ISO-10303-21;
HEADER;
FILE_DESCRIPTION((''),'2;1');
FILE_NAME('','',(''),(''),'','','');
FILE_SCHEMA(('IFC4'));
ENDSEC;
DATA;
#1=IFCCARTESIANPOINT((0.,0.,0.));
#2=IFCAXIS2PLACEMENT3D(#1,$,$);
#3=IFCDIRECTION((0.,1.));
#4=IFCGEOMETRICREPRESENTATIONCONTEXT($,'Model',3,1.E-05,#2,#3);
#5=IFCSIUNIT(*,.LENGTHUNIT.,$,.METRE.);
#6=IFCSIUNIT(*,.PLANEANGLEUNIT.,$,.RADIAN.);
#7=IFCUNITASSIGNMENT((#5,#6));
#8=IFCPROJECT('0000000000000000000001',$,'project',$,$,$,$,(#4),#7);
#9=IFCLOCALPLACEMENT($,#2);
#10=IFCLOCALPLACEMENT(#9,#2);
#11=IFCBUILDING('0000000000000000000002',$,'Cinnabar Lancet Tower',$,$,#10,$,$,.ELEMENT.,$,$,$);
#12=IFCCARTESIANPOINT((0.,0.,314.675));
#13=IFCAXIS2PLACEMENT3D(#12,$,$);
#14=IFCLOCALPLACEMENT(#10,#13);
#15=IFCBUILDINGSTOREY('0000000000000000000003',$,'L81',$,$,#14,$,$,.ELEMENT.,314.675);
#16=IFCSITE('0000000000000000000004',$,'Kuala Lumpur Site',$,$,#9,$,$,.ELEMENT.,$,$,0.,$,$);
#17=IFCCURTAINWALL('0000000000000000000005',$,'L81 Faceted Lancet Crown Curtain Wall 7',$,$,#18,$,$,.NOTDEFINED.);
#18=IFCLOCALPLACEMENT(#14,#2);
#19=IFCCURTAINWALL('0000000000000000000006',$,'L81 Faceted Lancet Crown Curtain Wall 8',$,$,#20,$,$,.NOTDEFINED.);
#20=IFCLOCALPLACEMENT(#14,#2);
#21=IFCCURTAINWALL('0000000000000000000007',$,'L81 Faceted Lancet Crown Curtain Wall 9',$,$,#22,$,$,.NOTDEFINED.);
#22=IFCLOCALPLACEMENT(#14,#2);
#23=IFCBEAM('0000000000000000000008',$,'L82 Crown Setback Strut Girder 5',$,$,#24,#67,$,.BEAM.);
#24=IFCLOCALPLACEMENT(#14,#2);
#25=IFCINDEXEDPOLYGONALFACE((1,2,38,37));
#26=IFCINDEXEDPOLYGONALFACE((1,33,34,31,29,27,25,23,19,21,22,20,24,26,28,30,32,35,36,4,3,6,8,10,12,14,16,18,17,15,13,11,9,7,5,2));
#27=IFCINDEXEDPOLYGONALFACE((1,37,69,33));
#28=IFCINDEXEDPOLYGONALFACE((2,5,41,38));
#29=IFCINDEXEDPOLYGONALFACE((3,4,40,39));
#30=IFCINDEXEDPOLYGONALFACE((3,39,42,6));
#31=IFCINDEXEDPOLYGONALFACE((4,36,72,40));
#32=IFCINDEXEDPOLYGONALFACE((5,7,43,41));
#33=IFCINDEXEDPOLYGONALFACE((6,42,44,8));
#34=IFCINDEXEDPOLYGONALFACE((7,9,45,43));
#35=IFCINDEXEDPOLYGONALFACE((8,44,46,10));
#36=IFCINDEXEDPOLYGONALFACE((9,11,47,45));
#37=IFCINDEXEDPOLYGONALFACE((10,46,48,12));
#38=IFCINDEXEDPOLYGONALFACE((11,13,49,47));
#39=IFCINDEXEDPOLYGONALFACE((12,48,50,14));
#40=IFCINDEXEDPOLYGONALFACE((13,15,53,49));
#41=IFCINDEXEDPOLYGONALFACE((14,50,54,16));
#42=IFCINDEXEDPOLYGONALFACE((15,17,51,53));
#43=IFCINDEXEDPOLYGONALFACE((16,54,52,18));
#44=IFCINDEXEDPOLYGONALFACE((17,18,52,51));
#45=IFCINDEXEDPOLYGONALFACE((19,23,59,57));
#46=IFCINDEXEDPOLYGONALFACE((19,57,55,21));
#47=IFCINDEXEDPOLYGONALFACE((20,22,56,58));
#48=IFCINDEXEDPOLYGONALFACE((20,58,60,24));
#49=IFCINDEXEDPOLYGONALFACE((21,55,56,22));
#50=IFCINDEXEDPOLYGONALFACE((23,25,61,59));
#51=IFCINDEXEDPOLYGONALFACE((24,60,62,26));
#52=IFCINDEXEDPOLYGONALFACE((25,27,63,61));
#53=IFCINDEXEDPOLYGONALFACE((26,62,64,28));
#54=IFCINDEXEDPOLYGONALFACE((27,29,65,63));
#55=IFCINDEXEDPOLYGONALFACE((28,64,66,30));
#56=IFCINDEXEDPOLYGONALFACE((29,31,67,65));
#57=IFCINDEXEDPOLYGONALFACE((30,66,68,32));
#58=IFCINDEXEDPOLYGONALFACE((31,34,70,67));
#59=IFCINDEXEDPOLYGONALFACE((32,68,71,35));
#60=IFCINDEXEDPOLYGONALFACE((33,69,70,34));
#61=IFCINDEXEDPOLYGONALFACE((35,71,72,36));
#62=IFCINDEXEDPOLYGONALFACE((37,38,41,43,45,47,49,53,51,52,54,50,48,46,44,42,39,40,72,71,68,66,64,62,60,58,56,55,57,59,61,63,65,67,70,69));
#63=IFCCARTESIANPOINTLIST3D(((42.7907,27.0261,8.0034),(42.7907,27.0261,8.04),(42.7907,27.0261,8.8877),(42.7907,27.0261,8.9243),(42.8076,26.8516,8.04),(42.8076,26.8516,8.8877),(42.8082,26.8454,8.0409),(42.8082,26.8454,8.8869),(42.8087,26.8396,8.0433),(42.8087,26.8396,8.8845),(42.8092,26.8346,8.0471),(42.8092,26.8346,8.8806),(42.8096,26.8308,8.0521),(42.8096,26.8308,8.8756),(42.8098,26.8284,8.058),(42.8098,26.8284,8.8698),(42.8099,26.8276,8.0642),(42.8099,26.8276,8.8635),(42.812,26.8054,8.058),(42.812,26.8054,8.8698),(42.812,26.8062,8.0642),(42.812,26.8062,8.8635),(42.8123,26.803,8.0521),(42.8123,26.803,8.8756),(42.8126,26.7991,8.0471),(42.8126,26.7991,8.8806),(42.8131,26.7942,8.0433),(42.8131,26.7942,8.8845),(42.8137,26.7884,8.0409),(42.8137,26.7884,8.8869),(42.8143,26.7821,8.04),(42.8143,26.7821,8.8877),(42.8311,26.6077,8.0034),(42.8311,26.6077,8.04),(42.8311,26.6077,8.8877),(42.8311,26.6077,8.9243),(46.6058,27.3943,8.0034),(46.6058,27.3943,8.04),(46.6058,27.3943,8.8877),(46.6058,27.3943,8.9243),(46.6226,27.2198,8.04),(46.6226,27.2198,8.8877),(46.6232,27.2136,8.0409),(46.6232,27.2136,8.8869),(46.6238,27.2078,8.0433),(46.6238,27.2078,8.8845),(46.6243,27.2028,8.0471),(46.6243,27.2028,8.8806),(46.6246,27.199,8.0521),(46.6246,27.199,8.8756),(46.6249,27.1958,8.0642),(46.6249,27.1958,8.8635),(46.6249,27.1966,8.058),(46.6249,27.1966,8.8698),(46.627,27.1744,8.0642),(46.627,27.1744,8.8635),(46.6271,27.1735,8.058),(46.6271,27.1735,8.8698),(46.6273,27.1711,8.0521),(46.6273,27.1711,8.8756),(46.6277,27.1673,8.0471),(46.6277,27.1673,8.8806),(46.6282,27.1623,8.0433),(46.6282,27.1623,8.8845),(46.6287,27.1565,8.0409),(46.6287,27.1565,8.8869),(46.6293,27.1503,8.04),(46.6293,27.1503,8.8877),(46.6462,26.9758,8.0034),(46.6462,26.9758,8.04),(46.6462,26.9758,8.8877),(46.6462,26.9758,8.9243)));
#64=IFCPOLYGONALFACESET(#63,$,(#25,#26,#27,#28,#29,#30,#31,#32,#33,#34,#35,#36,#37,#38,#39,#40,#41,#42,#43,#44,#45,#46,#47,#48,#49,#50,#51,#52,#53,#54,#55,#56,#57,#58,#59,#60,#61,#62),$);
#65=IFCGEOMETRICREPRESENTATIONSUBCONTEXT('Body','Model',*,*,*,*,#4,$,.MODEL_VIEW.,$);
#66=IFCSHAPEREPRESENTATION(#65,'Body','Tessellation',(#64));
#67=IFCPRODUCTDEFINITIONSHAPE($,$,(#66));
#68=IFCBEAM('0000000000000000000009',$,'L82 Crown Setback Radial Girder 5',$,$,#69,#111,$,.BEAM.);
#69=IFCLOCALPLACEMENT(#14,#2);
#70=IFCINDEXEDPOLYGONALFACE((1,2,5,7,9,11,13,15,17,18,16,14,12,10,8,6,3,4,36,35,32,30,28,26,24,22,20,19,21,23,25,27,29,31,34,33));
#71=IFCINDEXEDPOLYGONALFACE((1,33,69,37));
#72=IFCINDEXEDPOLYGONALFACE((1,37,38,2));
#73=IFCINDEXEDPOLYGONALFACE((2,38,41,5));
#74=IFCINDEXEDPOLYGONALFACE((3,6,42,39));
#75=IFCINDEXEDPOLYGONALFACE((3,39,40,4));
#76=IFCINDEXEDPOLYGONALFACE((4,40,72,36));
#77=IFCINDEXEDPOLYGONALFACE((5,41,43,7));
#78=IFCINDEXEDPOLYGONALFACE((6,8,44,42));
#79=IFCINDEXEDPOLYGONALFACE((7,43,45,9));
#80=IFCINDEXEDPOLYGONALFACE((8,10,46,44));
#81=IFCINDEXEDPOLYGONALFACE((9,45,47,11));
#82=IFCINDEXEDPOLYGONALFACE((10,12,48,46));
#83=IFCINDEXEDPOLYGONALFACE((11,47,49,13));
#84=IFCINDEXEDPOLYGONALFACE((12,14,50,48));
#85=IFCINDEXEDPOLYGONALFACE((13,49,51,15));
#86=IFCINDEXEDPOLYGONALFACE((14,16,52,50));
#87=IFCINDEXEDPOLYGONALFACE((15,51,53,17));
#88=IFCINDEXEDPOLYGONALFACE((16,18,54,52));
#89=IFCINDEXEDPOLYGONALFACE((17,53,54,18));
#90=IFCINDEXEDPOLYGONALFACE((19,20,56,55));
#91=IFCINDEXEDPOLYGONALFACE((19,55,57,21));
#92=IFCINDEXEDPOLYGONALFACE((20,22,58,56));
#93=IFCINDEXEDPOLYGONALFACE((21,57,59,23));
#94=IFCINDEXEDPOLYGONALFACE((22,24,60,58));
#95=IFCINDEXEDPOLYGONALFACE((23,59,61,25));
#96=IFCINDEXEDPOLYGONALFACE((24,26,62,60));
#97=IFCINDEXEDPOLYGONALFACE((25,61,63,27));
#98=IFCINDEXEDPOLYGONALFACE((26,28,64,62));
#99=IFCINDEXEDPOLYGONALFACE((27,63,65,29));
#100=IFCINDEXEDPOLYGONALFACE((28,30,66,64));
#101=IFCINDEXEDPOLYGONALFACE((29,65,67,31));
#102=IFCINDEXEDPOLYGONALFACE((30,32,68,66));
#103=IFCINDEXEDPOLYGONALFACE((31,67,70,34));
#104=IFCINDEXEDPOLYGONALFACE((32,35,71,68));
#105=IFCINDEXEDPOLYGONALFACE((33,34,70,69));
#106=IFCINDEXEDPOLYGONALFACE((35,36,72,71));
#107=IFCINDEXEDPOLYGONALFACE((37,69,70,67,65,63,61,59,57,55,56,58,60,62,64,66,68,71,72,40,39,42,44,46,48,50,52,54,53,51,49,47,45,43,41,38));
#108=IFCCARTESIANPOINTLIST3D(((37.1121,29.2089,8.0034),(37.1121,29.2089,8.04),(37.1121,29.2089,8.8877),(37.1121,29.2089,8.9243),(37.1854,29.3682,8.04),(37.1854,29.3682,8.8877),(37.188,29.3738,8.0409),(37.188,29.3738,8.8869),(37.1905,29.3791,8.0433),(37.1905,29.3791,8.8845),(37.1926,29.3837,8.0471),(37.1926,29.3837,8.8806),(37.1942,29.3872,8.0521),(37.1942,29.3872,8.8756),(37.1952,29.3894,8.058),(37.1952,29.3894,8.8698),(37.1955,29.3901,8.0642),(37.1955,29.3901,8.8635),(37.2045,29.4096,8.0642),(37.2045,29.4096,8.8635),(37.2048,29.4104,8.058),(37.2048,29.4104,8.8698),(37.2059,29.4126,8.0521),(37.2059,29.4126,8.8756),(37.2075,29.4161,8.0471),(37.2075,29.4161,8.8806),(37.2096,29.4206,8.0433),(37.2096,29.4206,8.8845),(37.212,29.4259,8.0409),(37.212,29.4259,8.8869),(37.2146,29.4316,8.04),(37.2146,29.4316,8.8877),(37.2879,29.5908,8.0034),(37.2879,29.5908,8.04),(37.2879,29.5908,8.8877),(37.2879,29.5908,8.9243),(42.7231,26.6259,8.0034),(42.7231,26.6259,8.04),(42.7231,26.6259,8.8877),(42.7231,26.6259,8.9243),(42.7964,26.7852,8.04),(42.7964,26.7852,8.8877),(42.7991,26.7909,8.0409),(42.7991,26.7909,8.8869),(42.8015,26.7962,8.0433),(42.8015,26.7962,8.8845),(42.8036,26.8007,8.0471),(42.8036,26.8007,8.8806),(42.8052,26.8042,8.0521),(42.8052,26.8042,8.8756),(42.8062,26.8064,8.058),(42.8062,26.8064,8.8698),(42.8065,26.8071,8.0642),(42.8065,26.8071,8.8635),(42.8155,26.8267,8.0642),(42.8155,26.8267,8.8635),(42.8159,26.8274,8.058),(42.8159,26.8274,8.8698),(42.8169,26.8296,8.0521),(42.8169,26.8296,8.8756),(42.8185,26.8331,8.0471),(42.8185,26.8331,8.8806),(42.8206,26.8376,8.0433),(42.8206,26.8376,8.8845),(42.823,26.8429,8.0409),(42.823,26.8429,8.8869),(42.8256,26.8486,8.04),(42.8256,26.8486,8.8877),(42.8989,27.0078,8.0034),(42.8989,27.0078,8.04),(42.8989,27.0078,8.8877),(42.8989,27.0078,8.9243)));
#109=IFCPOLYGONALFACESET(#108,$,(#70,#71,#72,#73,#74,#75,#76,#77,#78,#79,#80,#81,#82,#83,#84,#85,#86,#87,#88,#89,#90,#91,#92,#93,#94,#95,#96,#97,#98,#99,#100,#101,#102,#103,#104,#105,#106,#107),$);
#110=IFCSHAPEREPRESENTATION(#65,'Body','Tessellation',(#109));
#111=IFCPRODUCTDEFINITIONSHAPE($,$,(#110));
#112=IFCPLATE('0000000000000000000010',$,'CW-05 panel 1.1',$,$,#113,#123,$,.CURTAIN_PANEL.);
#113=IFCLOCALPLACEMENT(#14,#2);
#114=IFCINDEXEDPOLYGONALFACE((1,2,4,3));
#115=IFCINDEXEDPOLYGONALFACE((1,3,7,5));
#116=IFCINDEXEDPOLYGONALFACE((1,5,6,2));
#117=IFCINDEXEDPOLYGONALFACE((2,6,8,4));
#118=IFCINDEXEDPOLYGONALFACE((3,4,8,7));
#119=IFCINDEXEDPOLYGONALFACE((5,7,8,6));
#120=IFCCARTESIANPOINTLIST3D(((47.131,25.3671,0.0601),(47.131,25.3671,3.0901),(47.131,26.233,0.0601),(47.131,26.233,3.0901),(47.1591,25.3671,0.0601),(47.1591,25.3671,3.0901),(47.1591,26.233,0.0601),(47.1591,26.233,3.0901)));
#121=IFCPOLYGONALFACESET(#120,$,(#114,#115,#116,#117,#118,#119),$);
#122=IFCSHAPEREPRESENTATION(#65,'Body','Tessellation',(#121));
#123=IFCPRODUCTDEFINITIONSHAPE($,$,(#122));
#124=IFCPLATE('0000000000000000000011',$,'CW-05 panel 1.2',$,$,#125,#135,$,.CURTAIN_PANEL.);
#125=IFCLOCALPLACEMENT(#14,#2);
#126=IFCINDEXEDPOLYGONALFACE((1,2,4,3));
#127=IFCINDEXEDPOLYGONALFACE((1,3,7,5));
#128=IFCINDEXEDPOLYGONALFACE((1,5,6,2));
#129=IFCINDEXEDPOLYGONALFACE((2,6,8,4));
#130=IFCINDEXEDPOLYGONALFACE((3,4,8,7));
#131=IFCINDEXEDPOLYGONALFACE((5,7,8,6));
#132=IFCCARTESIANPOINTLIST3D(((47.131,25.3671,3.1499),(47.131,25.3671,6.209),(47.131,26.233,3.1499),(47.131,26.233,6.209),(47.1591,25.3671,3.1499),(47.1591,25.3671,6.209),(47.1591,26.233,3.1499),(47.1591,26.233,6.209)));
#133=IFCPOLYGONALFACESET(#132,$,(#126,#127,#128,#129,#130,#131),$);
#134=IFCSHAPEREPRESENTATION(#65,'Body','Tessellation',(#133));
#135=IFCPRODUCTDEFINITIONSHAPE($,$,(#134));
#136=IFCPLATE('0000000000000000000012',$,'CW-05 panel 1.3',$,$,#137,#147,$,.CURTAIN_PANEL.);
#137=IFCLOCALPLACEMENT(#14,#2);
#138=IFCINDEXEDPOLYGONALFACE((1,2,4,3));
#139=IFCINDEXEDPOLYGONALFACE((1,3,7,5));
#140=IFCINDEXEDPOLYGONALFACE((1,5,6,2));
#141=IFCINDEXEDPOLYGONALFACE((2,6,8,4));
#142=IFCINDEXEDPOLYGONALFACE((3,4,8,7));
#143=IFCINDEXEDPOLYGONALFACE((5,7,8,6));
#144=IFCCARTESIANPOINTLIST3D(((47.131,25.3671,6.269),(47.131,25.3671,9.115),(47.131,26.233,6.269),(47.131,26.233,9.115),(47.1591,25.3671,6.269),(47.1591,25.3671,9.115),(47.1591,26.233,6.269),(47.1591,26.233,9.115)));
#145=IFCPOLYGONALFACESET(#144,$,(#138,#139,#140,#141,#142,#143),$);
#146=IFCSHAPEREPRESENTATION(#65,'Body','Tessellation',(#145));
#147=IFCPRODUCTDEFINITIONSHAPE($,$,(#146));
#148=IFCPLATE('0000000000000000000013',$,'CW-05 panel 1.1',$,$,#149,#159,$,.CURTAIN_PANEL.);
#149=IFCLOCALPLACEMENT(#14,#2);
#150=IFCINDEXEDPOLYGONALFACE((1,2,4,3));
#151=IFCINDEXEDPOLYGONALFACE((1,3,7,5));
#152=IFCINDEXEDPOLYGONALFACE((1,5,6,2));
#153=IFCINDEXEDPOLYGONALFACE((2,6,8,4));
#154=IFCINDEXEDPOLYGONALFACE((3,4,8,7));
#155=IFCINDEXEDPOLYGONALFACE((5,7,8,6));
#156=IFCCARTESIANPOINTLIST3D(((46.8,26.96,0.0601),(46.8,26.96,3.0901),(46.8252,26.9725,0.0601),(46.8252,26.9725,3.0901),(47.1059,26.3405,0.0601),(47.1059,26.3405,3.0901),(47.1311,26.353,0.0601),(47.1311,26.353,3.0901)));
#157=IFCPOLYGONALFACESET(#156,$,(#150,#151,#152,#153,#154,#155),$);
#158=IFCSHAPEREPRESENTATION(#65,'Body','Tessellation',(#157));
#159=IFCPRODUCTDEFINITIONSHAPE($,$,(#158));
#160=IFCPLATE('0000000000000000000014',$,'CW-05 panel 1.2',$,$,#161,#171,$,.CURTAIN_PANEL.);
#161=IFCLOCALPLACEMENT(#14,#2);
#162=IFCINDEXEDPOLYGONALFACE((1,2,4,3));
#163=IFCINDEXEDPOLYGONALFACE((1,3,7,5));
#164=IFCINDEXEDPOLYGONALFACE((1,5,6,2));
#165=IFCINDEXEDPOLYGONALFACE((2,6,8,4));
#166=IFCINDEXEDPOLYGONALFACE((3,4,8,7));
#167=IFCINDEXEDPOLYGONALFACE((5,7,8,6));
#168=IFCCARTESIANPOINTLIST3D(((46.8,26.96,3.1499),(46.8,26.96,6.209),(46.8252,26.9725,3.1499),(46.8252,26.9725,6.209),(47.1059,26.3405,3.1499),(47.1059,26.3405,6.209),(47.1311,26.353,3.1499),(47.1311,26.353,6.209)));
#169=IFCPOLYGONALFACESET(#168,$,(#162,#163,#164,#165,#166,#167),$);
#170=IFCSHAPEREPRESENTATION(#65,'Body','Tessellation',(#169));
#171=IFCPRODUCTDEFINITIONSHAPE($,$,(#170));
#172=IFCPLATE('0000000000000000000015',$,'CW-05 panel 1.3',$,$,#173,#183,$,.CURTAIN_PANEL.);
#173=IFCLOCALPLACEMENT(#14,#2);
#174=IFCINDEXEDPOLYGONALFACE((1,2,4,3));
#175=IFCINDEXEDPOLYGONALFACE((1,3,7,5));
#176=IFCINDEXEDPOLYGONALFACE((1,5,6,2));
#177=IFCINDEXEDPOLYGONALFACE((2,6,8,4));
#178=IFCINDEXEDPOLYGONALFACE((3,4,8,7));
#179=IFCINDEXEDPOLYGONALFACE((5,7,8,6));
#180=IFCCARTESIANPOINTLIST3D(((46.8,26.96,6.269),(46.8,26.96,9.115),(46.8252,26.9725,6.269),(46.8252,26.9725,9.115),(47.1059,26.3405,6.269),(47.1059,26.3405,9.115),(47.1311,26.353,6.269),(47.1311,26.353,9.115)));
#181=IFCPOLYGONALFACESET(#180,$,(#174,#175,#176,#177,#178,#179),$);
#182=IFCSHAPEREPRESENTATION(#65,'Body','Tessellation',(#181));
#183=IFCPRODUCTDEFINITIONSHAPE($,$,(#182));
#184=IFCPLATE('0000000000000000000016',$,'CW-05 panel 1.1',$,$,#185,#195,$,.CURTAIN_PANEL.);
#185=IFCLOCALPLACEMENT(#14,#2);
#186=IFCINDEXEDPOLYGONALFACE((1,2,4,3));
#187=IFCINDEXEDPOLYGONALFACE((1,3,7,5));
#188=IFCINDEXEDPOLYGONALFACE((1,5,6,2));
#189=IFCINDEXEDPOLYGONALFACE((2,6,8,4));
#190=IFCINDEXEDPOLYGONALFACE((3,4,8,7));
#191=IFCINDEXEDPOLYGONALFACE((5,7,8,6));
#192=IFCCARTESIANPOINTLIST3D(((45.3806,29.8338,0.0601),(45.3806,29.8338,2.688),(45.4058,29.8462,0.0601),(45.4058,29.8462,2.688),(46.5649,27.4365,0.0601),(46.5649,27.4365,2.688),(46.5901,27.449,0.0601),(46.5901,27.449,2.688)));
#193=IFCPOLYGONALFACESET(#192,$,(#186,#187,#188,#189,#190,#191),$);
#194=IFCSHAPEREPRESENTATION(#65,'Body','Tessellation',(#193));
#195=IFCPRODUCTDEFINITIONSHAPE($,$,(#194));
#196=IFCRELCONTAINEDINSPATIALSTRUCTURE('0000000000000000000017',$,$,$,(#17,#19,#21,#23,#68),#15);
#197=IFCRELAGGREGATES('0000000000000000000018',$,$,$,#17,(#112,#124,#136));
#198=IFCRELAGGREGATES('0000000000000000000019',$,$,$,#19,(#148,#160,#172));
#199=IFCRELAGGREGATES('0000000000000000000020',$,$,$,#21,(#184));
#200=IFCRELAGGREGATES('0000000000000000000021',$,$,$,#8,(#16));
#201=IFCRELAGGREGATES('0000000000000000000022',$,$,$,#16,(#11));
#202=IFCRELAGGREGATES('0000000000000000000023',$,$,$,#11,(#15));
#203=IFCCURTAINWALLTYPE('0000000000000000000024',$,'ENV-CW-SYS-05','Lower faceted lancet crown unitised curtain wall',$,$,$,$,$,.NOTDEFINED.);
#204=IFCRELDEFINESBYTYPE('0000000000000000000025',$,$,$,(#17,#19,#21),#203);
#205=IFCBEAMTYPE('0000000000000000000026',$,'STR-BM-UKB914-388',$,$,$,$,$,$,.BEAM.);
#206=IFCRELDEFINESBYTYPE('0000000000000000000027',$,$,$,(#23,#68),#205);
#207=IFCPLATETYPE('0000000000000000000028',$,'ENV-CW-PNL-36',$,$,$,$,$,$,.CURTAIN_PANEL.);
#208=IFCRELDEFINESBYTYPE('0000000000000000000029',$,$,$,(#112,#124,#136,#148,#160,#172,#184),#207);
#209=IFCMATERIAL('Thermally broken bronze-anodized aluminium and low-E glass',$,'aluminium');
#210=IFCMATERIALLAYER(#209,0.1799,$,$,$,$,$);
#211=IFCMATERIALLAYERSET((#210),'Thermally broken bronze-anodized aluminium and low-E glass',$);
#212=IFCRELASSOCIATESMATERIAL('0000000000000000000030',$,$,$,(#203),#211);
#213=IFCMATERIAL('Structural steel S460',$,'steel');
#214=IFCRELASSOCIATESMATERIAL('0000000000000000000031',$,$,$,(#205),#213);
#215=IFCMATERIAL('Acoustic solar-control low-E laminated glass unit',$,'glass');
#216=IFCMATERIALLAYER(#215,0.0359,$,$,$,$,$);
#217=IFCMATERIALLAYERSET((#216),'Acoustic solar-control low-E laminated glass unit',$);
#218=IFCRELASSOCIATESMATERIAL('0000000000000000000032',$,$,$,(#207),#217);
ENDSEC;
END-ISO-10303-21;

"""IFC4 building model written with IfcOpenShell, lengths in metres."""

from ifc_helpers import new_model, si_unit, direction, frame, origin, origin_2d, place, context, subcontext, project, spatial, rectangle, i_section, extrude, material, layer, layer_set, material_profile, profile_set, type_object, element, aggregate, save


model = new_model("IFC4")

# Units and contexts
model_context = context("Model", 3, precision=1e-05, world=origin(), true_north=direction((0.0, 1.0)))
body_context = subcontext(model_context, "Body", "Model", "MODEL_VIEW")
ifc_project = project(units=[si_unit("LENGTHUNIT", "METRE"), si_unit("PLANEANGLEUNIT", "RADIAN")], contexts=[model_context])

# Site, building, storey
site_placement = place(None, origin())
site = spatial("IfcSite", under=ifc_project, at=site_placement, Name="Kuala Lumpur Site", CompositionType="ELEMENT", RefElevation=0.0)
building_placement = place(site_placement, origin())
building = spatial("IfcBuilding", under=site, at=building_placement, Name="Cinnabar Lancet Tower", CompositionType="ELEMENT")
storey_placement = place(building_placement, frame((0.0, 0.0, 314.675)))
storey = spatial("IfcBuildingStorey", under=building, at=storey_placement, Name="L81", CompositionType="ELEMENT", Elevation=314.675)

# Curtain wall
ifc_material_1 = material(Name="Thermally broken bronze-anodized aluminium and low-E glass", Category="aluminium")
ifc_layer_1 = layer(ifc_material_1, 0.1799)
ifc_layer_set_1 = layer_set([ifc_layer_1], Name="Thermally broken bronze-anodized aluminium and low-E glass")
curtain_wall_type = type_object("IfcCurtainWallType", Name="ENV-CW-SYS-05", Description="Lower faceted lancet crown unitised curtain wall", PredefinedType="NOTDEFINED", material=ifc_layer_set_1)
curtain_wall_1_placement = place(storey_placement, origin())
curtain_wall_1 = element("IfcCurtainWall", 1, at=curtain_wall_1_placement, inside=storey, type_object=curtain_wall_type, Name="L81 Faceted Lancet Crown Curtain Wall 7", PredefinedType="NOTDEFINED")

# Curtain walls
curtain_wall_2_placement = place(storey_placement, origin())
curtain_wall_2 = element("IfcCurtainWall", 2, at=curtain_wall_2_placement, inside=storey, type_object=curtain_wall_type, Name="L81 Faceted Lancet Crown Curtain Wall 8", PredefinedType="NOTDEFINED")
curtain_wall_3_placement = place(storey_placement, origin())
curtain_wall_3 = element("IfcCurtainWall", 3, at=curtain_wall_3_placement, inside=storey, type_object=curtain_wall_type, Name="L81 Faceted Lancet Crown Curtain Wall 9", PredefinedType="NOTDEFINED")

# Beams
ifc_material_2 = material(Name="Structural steel S460", Category="steel")
ifc_material_profile_1 = material_profile(ifc_material_2, i_section(OverallWidth=0.4204, OverallDepth=0.9209, WebThickness=0.0215, FlangeThickness=0.0366, FilletRadius=0.0242, at=origin_2d()), Name="UKB 914x419x388")
ifc_profile_set_1 = profile_set([ifc_material_profile_1], Name="Structural steel S460")
beam_type = type_object("IfcBeamType", Name="STR-BM-UKB914-388", PredefinedType="BEAM", material=ifc_profile_set_1)
beam_1_placement = place(storey_placement, frame((46.626, 27.1851, 8.4639), z_axis=(-0.995376, -0.09606, 0.0), x_axis=(0.09606, -0.995376, 0.0)))
element("IfcBeam", 4, at=beam_1_placement, inside=storey, type_object=beam_type, Name="L82 Crown Setback Strut Girder 5", PredefinedType="BEAM", context=body_context, shape_type="SweptSolid", body=[
    extrude(i_section(OverallWidth=0.4204, OverallDepth=0.9209, WebThickness=0.0215, FlangeThickness=0.0366, FilletRadius=0.0242, at=origin_2d()), origin(), (0.0, 0.0, 1.0), 3.8328),
])
beam_2_placement = place(storey_placement, frame((42.811, 26.8169, 8.4639), z_axis=(-0.908373, 0.418161, 0.0), x_axis=(-0.418161, -0.908373, 0.0)))
element("IfcBeam", 5, at=beam_2_placement, inside=storey, type_object=beam_type, Name="L82 Crown Setback Radial Girder 5", PredefinedType="BEAM", context=body_context, shape_type="SweptSolid", body=[
    extrude(i_section(OverallWidth=0.4204, OverallDepth=0.9209, WebThickness=0.0215, FlangeThickness=0.0366, FilletRadius=0.0242, at=origin_2d()), origin(), (0.0, 0.0, 1.0), 6.177),
])

# Plates
ifc_material_3 = material(Name="Acoustic solar-control low-E laminated glass unit", Category="glass")
ifc_layer_2 = layer(ifc_material_3, 0.0359)
ifc_layer_set_2 = layer_set([ifc_layer_2], Name="Acoustic solar-control low-E laminated glass unit")
plate_type = type_object("IfcPlateType", Name="ENV-CW-PNL-36", PredefinedType="CURTAIN_PANEL", material=ifc_layer_set_2)
plate_1_placement = place(storey_placement, frame((47.145, 25.8, 0.0601), z_axis=(0.0, 0.0, 1.0), x_axis=(0.0, 1.0, 0.0)))
plate_1 = element("IfcPlate", 6, at=plate_1_placement, type_object=plate_type, Name="CW-05 panel 1.1", PredefinedType="CURTAIN_PANEL", context=body_context, shape_type="SweptSolid", body=[
    extrude(rectangle(XDim=0.866, YDim=0.0281, at=origin_2d()), origin(), (0.0, 0.0, 1.0), 3.03),
])
plate_2_placement = place(storey_placement, frame((47.145, 25.8, 3.1499), z_axis=(0.0, 0.0, 1.0), x_axis=(0.0, 1.0, 0.0)))
plate_2 = element("IfcPlate", 7, at=plate_2_placement, type_object=plate_type, Name="CW-05 panel 1.2", PredefinedType="CURTAIN_PANEL", context=body_context, shape_type="SweptSolid", body=[
    extrude(rectangle(XDim=0.866, YDim=0.0281, at=origin_2d()), origin(), (0.0, 0.0, 1.0), 3.0591),
])
plate_3_placement = place(storey_placement, frame((47.145, 25.8, 6.269), z_axis=(0.0, 0.0, 1.0), x_axis=(0.0, 1.0, 0.0)))
plate_3 = element("IfcPlate", 8, at=plate_3_placement, type_object=plate_type, Name="CW-05 panel 1.3", PredefinedType="CURTAIN_PANEL", context=body_context, shape_type="SweptSolid", body=[
    extrude(rectangle(XDim=0.866, YDim=0.0281, at=origin_2d()), origin(), (0.0, 0.0, 1.0), 2.8459),
])
aggregate(curtain_wall_1, [plate_1, plate_2, plate_3])
plate_4_placement = place(storey_placement, frame((46.9656, 26.6565, 0.0601), z_axis=(0.0, 0.0, 1.0), x_axis=(-0.442768, 0.896636, 0.0)))
plate_4 = element("IfcPlate", 9, at=plate_4_placement, type_object=plate_type, Name="CW-05 panel 1.1", PredefinedType="CURTAIN_PANEL", context=body_context, shape_type="SweptSolid", body=[
    extrude(rectangle(XDim=0.6909, YDim=0.0281, at=origin_2d()), origin(), (0.0, 0.0, 1.0), 3.03),
])
plate_5_placement = place(storey_placement, frame((46.9656, 26.6565, 3.1499), z_axis=(0.0, 0.0, 1.0), x_axis=(-0.442768, 0.896636, 0.0)))
plate_5 = element("IfcPlate", 10, at=plate_5_placement, type_object=plate_type, Name="CW-05 panel 1.2", PredefinedType="CURTAIN_PANEL", context=body_context, shape_type="SweptSolid", body=[
    extrude(rectangle(XDim=0.6909, YDim=0.0281, at=origin_2d()), origin(), (0.0, 0.0, 1.0), 3.0591),
])
plate_6_placement = place(storey_placement, frame((46.9656, 26.6565, 6.269), z_axis=(0.0, 0.0, 1.0), x_axis=(-0.442768, 0.896636, 0.0)))
plate_6 = element("IfcPlate", 11, at=plate_6_placement, type_object=plate_type, Name="CW-05 panel 1.3", PredefinedType="CURTAIN_PANEL", context=body_context, shape_type="SweptSolid", body=[
    extrude(rectangle(XDim=0.6909, YDim=0.0281, at=origin_2d()), origin(), (0.0, 0.0, 1.0), 2.8459),
])
aggregate(curtain_wall_2, [plate_4, plate_5, plate_6])
plate_7_placement = place(storey_placement, frame((45.9854, 28.6414, 0.0601), z_axis=(0.0, 0.0, 1.0), x_axis=(-0.442939, 0.896552, 0.0)))
plate_7 = element("IfcPlate", 12, at=plate_7_placement, type_object=plate_type, Name="CW-05 panel 1.1", PredefinedType="CURTAIN_PANEL", context=body_context, shape_type="SweptSolid", body=[
    extrude(rectangle(XDim=2.6738, YDim=0.0281, at=origin_2d()), origin(), (0.0, 0.0, 1.0), 2.6279),
])
aggregate(curtain_wall_3, [plate_7])

save(model, "model.ifc")
